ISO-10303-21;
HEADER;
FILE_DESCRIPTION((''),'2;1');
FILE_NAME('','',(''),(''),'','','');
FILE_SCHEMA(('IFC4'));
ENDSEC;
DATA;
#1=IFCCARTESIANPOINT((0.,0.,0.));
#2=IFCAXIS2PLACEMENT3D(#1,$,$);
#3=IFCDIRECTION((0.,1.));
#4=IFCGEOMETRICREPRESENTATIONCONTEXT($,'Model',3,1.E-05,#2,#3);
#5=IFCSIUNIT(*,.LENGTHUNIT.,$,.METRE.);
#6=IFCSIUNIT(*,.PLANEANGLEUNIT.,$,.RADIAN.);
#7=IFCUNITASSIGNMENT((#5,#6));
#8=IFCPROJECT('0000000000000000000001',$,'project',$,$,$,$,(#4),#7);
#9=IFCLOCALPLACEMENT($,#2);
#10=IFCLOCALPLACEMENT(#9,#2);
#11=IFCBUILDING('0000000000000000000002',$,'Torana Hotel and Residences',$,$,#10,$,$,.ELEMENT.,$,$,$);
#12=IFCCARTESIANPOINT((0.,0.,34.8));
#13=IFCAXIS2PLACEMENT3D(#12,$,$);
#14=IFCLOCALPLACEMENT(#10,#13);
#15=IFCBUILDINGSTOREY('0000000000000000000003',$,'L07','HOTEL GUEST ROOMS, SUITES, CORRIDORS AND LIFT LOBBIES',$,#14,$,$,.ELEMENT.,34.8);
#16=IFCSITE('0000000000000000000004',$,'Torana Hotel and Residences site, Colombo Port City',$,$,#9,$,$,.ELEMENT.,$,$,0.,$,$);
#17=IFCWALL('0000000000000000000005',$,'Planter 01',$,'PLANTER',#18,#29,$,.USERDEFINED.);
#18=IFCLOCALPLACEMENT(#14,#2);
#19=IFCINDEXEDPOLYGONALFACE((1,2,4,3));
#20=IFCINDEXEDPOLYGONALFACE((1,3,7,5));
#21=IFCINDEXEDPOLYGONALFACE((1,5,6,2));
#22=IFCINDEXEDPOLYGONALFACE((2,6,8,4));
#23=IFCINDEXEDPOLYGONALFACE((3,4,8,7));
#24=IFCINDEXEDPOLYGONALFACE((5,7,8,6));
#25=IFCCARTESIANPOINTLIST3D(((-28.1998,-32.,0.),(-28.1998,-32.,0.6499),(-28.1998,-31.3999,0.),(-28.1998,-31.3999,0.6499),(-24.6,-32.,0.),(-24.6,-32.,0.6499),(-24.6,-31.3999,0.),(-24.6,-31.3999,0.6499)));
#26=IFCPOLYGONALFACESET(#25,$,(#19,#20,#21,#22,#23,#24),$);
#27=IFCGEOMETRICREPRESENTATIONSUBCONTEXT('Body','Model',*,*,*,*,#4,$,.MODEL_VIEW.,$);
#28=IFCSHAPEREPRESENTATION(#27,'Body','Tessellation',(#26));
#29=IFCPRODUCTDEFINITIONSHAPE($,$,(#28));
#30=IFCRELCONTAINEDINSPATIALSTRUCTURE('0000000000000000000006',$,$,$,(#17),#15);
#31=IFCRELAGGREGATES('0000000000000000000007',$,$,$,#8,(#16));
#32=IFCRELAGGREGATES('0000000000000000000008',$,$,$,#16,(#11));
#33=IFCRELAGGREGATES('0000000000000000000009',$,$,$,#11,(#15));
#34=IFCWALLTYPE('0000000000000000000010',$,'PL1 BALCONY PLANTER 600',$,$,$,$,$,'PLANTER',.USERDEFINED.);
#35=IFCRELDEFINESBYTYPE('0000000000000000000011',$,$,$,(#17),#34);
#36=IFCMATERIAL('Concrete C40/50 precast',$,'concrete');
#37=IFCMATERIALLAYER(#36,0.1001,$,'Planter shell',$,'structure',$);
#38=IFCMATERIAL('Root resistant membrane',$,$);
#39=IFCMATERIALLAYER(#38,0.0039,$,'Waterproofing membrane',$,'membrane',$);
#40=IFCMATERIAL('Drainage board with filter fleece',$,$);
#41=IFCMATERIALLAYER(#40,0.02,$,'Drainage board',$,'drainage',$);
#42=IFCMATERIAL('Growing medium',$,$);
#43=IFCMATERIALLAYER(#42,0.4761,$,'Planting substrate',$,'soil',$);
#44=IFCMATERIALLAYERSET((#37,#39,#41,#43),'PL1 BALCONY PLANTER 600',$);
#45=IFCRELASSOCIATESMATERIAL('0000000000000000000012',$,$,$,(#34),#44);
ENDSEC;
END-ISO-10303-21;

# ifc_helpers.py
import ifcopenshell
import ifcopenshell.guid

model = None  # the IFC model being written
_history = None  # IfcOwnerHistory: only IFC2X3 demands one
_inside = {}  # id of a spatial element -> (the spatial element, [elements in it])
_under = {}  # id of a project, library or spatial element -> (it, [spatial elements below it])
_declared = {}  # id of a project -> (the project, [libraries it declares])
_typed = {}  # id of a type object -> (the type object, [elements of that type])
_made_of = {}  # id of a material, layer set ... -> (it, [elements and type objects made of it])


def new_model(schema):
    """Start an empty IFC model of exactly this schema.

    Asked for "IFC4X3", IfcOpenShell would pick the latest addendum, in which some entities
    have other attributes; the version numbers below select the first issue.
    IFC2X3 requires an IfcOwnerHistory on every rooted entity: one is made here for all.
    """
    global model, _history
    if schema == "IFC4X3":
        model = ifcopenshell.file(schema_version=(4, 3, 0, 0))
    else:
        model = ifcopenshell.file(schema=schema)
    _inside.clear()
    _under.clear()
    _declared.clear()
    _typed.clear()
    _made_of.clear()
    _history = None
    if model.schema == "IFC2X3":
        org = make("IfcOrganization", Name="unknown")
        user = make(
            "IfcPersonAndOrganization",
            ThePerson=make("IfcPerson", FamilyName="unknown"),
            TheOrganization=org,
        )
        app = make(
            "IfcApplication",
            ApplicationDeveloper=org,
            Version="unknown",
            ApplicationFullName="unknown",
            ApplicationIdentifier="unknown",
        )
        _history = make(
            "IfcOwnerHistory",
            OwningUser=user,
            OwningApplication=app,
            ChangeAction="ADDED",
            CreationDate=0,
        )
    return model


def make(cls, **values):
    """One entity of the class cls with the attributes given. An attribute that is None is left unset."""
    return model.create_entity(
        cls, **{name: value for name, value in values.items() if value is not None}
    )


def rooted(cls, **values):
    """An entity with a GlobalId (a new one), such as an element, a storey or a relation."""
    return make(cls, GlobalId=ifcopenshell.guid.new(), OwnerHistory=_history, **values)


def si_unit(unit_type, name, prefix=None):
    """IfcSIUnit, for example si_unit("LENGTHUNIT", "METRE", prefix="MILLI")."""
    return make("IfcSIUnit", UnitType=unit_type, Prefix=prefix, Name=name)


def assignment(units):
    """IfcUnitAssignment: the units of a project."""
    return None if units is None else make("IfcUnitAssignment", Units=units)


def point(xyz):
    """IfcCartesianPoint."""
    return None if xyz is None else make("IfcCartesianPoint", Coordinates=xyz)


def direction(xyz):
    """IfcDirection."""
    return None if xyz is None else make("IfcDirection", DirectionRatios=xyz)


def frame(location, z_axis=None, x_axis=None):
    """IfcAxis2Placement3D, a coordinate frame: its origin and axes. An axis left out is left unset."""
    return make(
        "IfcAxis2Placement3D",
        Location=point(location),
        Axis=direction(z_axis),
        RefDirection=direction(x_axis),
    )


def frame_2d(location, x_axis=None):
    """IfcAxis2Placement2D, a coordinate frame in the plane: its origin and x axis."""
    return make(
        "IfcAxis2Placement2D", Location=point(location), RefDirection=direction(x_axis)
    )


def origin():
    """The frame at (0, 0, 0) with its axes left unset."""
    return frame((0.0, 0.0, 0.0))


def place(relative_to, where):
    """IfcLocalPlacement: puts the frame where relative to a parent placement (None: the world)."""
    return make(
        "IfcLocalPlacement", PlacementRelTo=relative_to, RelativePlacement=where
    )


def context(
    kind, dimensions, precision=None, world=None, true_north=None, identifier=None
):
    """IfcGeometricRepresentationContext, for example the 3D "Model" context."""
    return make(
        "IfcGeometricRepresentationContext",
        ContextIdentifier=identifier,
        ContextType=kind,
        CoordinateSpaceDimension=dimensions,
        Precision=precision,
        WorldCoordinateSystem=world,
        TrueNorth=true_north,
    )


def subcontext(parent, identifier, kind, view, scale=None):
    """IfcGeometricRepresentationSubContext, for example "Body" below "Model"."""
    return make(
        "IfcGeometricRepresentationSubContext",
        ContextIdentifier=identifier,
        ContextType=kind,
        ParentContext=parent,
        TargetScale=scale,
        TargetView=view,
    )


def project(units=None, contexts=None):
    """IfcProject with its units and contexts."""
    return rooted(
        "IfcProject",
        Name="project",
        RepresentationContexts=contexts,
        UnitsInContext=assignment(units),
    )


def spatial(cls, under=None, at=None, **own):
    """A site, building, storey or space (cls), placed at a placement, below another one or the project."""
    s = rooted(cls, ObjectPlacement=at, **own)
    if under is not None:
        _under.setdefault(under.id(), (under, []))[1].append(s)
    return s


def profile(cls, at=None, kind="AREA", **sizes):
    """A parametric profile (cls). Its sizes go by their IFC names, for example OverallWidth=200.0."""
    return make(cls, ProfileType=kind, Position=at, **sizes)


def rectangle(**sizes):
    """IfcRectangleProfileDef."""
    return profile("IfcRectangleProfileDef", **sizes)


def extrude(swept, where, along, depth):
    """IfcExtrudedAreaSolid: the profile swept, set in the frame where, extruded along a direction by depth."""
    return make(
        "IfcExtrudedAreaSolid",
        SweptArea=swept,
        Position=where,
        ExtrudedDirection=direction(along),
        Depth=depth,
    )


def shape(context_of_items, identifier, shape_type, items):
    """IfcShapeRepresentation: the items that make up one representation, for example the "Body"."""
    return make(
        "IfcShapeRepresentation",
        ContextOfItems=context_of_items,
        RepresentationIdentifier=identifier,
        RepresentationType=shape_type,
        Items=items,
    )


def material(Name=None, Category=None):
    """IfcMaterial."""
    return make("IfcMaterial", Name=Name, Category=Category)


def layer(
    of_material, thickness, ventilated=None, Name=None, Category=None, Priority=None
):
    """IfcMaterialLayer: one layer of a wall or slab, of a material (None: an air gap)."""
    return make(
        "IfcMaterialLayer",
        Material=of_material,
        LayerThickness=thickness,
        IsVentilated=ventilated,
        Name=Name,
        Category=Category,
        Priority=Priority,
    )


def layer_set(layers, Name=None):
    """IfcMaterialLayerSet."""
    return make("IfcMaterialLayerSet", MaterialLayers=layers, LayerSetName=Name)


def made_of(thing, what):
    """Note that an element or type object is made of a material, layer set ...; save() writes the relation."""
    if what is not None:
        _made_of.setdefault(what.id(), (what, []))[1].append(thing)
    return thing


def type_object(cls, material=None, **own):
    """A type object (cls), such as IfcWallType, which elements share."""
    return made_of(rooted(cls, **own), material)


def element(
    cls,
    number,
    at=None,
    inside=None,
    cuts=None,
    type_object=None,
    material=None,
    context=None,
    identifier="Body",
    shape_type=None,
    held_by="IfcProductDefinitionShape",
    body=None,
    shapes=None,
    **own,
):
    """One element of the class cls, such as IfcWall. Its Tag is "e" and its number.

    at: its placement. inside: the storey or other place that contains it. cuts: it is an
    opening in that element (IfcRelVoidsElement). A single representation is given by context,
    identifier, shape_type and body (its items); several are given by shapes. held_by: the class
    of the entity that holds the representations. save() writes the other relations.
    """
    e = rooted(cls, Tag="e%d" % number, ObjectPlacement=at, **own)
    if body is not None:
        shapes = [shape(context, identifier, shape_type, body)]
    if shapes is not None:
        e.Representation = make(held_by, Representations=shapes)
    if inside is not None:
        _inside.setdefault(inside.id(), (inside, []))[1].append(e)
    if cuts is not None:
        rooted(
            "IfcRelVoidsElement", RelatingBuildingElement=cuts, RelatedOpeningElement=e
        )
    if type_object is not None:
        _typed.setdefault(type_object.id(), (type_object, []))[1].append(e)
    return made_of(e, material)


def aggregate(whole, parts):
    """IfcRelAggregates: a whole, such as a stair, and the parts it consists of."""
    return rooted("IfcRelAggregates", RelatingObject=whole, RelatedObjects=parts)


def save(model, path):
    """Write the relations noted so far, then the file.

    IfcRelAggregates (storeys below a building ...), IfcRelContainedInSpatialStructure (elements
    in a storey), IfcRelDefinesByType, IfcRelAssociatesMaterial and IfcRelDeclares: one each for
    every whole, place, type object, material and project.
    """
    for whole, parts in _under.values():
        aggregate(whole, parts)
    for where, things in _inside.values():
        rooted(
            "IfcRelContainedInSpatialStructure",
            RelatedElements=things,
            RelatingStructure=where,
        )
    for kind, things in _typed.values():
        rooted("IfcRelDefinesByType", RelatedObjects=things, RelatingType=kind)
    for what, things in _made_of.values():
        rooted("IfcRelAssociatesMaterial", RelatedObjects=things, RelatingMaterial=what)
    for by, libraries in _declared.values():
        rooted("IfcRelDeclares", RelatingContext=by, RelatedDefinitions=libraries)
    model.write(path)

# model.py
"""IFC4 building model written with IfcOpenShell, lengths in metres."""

from ifc_helpers import new_model, si_unit, direction, frame, frame_2d, origin, place, context, subcontext, project, spatial, rectangle, extrude, material, layer, layer_set, type_object, element, save


model = new_model("IFC4")

# Units and contexts
model_context = context("Model", 3, precision=1e-05, world=origin(), true_north=direction((0.0, 1.0)))
body_context = subcontext(model_context, "Body", "Model", "MODEL_VIEW")
ifc_project = project(units=[si_unit("LENGTHUNIT", "METRE"), si_unit("PLANEANGLEUNIT", "RADIAN")], contexts=[model_context])

# Site, building, storey
site_placement = place(None, origin())
site = spatial("IfcSite", under=ifc_project, at=site_placement, Name="Torana Hotel and Residences site, Colombo Port City", CompositionType="ELEMENT", RefElevation=0.0)
building_placement = place(site_placement, origin())
building = spatial("IfcBuilding", under=site, at=building_placement, Name="Torana Hotel and Residences", CompositionType="ELEMENT")
storey_placement = place(building_placement, frame((0.0, 0.0, 34.8)))
storey = spatial("IfcBuildingStorey", under=building, at=storey_placement, Name="L07", Description="HOTEL GUEST ROOMS, SUITES, CORRIDORS AND LIFT LOBBIES", CompositionType="ELEMENT", Elevation=34.8)

# Wall
ifc_material_1 = material(Name="Concrete C40/50 precast", Category="concrete")
ifc_layer_1 = layer(ifc_material_1, 0.1001, Name="Planter shell", Category="structure")
ifc_material_2 = material(Name="Root resistant membrane")
ifc_layer_2 = layer(ifc_material_2, 0.0039, Name="Waterproofing membrane", Category="membrane")
ifc_material_3 = material(Name="Drainage board with filter fleece")
ifc_layer_3 = layer(ifc_material_3, 0.02, Name="Drainage board", Category="drainage")
ifc_material_4 = material(Name="Growing medium")
ifc_layer_4 = layer(ifc_material_4, 0.4761, Name="Planting substrate", Category="soil")
ifc_layer_set_1 = layer_set([ifc_layer_1, ifc_layer_2, ifc_layer_3, ifc_layer_4], Name="PL1 BALCONY PLANTER 600")
wall_type_1 = type_object("IfcWallType", Name="PL1 BALCONY PLANTER 600", ElementType="PLANTER", PredefinedType="USERDEFINED", material=ifc_layer_set_1)
wall_1_placement = place(storey_placement, frame((-24.6001, -31.7, 0.0), z_axis=(0.0, 0.0, 1.0), x_axis=(-1.0, 0.0, 0.0)))
element("IfcWall", 1, at=wall_1_placement, inside=storey, type_object=wall_type_1, Name="Planter 01", ObjectType="PLANTER", PredefinedType="USERDEFINED", context=body_context, shape_type="SweptSolid", body=[
    extrude(rectangle(XDim=3.5999, YDim=0.6001, at=frame_2d((1.7998, 0.0))), origin(), (0.0, 0.0, 1.0), 0.6499),
])

save(model, "model.ifc")
